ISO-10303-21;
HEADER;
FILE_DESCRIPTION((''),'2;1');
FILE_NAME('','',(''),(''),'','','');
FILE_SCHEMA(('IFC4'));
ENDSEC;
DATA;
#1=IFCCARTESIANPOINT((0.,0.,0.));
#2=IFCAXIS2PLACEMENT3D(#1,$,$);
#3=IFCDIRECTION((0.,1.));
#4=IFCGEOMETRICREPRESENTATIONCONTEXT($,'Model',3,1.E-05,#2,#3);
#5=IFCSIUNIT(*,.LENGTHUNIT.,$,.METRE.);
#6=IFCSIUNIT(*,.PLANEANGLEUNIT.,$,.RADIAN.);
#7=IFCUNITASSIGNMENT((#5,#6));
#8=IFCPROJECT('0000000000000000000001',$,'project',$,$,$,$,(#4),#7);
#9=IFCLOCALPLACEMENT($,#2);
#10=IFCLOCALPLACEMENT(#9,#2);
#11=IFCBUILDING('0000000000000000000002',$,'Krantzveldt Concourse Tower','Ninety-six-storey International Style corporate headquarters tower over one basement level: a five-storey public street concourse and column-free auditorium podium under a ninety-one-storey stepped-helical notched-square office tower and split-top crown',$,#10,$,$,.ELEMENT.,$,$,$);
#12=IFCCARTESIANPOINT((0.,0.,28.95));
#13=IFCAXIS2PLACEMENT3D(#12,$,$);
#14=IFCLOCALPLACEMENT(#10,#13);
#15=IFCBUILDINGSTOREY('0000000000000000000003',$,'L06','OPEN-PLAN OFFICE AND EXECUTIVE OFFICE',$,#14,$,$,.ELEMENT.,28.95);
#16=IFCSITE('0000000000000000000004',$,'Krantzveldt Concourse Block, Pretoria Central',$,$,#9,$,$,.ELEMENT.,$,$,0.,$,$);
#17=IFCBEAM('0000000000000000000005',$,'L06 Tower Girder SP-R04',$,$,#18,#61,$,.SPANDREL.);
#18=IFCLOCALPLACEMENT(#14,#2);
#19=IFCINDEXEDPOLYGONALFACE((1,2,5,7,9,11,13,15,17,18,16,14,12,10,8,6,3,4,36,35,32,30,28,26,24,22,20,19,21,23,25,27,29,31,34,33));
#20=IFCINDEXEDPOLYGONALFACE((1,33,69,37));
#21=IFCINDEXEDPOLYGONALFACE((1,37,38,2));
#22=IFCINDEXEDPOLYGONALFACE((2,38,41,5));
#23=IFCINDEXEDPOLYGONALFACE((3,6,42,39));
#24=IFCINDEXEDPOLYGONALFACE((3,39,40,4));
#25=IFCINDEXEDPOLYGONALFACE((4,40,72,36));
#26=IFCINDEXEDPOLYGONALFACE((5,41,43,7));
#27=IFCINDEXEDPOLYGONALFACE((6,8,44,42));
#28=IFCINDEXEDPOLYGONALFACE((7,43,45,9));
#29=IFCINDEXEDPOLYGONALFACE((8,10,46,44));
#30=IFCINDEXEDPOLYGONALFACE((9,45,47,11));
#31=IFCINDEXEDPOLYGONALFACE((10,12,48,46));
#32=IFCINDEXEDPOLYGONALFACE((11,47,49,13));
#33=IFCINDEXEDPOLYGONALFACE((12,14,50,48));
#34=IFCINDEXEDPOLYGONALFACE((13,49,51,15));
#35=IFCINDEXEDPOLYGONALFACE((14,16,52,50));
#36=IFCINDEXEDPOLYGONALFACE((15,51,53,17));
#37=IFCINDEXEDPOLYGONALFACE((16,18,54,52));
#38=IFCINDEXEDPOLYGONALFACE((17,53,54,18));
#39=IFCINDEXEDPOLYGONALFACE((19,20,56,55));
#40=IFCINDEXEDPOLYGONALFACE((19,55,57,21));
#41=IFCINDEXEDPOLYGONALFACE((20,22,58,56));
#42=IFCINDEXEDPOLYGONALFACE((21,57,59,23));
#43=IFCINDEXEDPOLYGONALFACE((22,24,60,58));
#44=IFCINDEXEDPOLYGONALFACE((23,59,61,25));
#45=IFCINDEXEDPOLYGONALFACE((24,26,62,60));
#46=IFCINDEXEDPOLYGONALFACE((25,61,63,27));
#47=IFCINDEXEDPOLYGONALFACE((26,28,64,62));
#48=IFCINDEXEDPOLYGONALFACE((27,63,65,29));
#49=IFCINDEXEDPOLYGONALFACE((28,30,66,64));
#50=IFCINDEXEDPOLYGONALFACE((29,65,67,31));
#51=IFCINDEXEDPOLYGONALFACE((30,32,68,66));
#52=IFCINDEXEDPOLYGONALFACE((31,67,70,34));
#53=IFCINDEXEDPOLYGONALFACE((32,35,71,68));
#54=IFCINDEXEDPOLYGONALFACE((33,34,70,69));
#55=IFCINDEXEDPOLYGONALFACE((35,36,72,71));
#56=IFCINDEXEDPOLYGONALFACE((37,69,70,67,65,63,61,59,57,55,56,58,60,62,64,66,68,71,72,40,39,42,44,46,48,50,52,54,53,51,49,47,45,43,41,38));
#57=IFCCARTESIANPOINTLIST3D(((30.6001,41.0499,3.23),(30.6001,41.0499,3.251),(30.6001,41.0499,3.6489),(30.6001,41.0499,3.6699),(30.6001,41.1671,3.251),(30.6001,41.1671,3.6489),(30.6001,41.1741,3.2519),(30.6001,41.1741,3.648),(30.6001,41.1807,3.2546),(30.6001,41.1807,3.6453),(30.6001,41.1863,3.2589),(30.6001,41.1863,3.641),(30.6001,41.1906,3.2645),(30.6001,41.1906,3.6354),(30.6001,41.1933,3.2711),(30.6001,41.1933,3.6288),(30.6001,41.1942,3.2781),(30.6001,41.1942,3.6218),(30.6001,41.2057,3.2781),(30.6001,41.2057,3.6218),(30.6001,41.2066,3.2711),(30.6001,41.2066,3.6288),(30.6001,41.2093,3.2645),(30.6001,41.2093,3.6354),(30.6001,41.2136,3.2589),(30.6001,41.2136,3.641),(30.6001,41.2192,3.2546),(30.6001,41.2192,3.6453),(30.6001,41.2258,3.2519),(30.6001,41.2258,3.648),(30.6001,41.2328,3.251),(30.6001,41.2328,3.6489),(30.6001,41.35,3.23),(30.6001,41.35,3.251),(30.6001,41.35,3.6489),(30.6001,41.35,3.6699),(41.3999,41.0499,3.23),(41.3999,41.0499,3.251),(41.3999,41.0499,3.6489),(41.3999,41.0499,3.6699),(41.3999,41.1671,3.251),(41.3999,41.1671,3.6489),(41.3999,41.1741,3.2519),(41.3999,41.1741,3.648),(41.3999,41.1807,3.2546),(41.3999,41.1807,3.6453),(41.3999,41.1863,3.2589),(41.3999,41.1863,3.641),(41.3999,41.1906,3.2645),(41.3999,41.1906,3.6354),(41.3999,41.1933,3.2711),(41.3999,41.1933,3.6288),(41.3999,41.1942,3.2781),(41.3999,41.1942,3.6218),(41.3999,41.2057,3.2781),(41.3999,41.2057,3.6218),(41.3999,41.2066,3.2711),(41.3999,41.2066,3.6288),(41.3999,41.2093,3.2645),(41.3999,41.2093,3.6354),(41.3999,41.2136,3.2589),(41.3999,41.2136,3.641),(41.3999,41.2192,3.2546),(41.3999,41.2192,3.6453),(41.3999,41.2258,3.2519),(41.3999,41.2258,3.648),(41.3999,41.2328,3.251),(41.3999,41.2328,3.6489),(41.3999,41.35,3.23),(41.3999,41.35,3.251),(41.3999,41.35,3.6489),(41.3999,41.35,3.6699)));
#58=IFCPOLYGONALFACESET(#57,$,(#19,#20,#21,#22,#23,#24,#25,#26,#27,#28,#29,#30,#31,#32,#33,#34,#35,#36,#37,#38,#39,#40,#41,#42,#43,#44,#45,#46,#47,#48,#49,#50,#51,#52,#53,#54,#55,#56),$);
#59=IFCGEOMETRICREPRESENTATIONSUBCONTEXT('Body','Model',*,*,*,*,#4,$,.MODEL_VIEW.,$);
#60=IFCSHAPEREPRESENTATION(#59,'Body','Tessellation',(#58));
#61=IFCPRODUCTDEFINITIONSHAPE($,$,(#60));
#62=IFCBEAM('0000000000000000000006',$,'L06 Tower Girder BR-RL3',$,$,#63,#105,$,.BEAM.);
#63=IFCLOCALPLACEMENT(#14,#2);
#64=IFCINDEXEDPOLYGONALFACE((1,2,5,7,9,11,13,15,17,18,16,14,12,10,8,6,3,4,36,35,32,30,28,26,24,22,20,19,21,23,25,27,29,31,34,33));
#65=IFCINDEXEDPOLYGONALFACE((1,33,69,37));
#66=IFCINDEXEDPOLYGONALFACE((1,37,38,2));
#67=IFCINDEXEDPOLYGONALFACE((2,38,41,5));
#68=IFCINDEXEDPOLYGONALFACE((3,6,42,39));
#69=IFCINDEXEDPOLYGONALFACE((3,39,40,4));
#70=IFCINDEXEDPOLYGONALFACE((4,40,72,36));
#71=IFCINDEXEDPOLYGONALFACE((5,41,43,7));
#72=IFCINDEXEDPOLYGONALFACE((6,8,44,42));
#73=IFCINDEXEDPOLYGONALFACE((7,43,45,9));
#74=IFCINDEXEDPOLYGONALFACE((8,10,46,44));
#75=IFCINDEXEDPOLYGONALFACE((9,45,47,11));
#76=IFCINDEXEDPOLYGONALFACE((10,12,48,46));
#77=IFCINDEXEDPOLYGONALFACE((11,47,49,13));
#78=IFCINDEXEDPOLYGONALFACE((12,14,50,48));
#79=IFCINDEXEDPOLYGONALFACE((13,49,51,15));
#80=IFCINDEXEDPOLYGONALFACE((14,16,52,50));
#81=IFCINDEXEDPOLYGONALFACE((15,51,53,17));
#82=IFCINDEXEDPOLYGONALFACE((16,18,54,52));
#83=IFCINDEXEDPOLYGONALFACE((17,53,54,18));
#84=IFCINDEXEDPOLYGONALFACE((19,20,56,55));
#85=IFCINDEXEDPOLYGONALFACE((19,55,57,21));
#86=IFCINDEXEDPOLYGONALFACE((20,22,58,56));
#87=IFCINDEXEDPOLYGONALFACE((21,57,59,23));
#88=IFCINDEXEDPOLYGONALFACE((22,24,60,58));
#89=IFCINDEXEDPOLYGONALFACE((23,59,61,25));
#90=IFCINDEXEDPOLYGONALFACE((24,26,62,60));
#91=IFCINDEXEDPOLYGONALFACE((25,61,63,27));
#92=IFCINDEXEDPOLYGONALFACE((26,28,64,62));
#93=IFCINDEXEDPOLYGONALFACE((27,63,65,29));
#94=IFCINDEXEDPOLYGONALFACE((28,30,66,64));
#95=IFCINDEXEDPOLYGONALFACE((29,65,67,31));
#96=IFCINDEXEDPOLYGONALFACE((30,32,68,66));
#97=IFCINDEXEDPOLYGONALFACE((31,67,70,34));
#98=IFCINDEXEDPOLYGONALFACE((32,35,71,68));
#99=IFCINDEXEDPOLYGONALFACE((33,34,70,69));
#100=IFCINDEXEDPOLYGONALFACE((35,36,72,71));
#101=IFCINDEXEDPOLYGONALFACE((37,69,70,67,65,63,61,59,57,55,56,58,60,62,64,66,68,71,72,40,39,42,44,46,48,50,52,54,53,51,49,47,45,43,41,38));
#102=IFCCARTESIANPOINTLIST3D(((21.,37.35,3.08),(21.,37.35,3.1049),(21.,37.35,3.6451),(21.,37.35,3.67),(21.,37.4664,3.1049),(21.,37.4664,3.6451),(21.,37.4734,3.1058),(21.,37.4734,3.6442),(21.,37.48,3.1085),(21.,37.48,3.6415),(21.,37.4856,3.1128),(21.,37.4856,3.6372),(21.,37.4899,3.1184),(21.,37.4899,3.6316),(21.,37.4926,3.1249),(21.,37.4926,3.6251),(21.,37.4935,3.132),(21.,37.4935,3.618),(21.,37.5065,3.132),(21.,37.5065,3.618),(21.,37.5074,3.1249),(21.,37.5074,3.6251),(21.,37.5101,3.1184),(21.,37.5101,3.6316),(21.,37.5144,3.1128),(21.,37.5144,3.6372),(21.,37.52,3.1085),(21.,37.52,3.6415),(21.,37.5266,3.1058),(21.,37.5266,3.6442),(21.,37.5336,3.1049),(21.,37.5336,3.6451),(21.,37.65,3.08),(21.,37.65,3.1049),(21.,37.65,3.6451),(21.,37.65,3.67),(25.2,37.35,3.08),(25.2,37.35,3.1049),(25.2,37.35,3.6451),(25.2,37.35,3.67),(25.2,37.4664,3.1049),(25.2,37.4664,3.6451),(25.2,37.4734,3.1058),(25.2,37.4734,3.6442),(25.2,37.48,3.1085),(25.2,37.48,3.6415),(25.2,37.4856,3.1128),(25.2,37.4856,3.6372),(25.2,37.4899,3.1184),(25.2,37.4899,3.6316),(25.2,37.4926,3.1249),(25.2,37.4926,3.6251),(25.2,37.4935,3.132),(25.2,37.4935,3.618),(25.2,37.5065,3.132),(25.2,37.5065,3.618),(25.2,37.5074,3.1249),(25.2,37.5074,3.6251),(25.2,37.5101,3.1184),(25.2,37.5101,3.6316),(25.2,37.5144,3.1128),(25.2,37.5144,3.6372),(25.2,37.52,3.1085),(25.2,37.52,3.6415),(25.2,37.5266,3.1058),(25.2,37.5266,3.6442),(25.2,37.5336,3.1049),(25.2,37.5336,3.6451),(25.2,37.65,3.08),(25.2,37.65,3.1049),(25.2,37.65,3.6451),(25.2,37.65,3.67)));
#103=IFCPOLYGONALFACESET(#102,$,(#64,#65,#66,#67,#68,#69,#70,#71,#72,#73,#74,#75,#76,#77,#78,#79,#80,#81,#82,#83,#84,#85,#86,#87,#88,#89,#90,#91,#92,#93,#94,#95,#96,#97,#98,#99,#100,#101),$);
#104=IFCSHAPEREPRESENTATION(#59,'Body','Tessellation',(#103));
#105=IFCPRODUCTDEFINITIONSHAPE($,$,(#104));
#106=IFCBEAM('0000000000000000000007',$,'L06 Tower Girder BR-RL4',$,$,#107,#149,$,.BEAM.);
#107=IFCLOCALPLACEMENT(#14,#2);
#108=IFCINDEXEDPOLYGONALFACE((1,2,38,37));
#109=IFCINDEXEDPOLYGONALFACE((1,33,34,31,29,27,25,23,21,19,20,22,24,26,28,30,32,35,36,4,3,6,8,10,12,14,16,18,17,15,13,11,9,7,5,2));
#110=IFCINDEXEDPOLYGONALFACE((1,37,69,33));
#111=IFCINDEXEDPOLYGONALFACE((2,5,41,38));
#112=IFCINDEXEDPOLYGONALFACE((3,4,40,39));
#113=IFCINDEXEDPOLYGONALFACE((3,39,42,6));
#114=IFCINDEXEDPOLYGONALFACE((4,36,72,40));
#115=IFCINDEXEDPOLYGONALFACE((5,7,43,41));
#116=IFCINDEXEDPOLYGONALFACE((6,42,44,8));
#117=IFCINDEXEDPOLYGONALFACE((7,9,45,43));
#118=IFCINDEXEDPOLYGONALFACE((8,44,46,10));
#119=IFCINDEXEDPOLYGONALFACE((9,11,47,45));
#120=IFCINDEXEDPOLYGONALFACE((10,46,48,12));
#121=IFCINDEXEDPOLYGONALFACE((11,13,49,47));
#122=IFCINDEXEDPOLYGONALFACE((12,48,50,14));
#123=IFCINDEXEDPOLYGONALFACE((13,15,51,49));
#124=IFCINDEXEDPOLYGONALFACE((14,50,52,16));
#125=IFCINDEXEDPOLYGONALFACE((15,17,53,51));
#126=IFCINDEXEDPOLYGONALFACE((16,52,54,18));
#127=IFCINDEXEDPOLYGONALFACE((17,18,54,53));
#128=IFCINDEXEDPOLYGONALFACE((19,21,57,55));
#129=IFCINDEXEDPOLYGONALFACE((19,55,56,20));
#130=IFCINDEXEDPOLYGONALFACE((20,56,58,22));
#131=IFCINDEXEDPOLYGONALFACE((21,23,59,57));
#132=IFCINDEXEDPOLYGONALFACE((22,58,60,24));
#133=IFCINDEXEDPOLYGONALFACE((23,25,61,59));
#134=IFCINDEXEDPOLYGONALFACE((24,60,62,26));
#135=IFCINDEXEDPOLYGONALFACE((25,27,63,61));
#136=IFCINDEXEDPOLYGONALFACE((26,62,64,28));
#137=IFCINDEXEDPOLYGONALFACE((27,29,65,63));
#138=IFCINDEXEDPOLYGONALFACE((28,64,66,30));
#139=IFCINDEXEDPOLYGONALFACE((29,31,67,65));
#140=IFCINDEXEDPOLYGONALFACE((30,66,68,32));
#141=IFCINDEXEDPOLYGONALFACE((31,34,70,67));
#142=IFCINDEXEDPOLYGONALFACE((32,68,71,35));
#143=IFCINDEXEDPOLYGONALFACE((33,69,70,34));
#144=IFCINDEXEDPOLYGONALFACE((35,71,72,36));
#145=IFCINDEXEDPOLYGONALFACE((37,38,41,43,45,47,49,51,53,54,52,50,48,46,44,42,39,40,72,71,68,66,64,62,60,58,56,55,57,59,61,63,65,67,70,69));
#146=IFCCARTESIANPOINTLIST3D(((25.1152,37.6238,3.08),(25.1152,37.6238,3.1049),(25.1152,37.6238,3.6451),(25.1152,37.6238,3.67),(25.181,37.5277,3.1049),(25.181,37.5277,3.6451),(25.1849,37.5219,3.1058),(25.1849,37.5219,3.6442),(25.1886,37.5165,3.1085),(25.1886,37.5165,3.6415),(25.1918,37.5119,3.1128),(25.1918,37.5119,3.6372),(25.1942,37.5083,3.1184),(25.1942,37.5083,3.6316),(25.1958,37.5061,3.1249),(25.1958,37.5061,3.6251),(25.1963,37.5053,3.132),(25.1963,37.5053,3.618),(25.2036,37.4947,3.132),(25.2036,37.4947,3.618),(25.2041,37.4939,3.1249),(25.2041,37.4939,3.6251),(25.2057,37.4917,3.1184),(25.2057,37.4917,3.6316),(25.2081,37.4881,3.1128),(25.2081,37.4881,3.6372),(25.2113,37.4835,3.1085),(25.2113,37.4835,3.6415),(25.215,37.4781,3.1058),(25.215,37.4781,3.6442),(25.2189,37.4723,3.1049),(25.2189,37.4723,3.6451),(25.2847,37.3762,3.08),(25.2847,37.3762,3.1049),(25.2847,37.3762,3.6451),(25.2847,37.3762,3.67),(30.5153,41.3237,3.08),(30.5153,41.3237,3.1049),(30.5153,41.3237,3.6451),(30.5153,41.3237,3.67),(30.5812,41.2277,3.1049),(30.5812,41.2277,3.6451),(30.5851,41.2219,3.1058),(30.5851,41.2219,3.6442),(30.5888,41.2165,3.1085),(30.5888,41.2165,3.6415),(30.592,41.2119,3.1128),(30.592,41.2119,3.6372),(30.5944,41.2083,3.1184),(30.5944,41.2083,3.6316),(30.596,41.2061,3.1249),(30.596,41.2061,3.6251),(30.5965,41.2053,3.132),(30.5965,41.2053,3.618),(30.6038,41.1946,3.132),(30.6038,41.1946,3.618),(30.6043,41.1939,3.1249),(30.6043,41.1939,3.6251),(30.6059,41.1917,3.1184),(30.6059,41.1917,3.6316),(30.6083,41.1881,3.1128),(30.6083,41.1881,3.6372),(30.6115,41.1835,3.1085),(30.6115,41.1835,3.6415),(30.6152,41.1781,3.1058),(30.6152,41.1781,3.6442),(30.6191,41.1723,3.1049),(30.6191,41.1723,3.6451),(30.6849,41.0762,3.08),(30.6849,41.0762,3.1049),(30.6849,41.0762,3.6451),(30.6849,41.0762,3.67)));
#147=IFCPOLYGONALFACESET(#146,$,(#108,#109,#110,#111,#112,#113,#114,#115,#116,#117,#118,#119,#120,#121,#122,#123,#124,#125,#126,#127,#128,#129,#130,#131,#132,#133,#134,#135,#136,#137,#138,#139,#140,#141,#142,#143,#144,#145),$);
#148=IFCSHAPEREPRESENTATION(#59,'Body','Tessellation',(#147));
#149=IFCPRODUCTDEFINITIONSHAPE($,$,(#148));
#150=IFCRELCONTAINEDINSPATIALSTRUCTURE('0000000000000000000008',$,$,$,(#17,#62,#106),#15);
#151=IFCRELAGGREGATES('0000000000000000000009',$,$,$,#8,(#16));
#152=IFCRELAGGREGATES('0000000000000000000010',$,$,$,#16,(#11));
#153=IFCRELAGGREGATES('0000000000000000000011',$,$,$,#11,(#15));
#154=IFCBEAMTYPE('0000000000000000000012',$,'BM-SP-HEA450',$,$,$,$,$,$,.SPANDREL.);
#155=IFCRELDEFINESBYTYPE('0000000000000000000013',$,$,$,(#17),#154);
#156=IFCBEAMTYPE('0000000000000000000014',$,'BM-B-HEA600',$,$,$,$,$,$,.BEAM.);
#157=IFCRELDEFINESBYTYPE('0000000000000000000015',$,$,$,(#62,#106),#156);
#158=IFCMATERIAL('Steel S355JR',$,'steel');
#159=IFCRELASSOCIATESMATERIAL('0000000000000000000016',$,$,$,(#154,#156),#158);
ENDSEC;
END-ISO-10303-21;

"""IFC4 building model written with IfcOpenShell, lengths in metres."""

from ifc_helpers import new_model, si_unit, direction, frame, origin, origin_2d, place, context, subcontext, project, spatial, i_section, extrude, source, transform, mapped, material, material_profile, profile_set, type_object, type_shapes, element, save


model = new_model("IFC4")

# Units and contexts
model_context = context("Model", 3, precision=1e-05, world=origin(), true_north=direction((0.0, 1.0)))
body_context = subcontext(model_context, "Body", "Model", "MODEL_VIEW")
ifc_project = project(units=[si_unit("LENGTHUNIT", "METRE"), si_unit("PLANEANGLEUNIT", "RADIAN")], contexts=[model_context])

# Site, building, storey
site_placement = place(None, origin())
site = spatial("IfcSite", under=ifc_project, at=site_placement, Name="Krantzveldt Concourse Block, Pretoria Central", CompositionType="ELEMENT", RefElevation=0.0)
building_placement = place(site_placement, origin())
building = spatial("IfcBuilding", under=site, at=building_placement, Name="Krantzveldt Concourse Tower", Description="Ninety-six-storey International Style corporate headquarters tower over one basement level: a five-storey public street concourse and column-free auditorium podium under a ninety-one-storey stepped-helical notched-square office tower and split-top crown", CompositionType="ELEMENT")
storey_placement = place(building_placement, frame((0.0, 0.0, 28.95)))
storey = spatial("IfcBuildingStorey", under=building, at=storey_placement, Name="L06", Description="OPEN-PLAN OFFICE AND EXECUTIVE OFFICE", CompositionType="ELEMENT", Elevation=28.95)

# Beams
ifc_material_1 = material(Name="Steel S355JR", Category="steel")
ifc_material_profile_1 = material_profile(ifc_material_1, i_section(OverallWidth=0.3, OverallDepth=0.4399, WebThickness=0.0115, FlangeThickness=0.021, FilletRadius=0.0271, at=origin_2d()), Name="Steel S355JR", Category="steel")
ifc_profile_set_1 = profile_set([ifc_material_profile_1], Name="Steel S355JR - HEA 450")
beam_type_1 = type_object("IfcBeamType", Name="BM-SP-HEA450", PredefinedType="SPANDREL", material=ifc_profile_set_1)
shared_shape_1 = source(origin(), body_context, "Body", "SweptSolid", [
    extrude(i_section(OverallWidth=0.3, OverallDepth=0.4399, WebThickness=0.0115, FlangeThickness=0.021, FilletRadius=0.0271, at=origin_2d()), origin(), (0.0, 0.0, 1.0), 10.7998),
])
beam_1_placement = place(storey_placement, frame((30.6001, 41.2, 3.45), z_axis=(1.0, 0.0, 0.0), x_axis=(0.0, 1.0, 0.0)))
element("IfcBeam", 1, at=beam_1_placement, inside=storey, type_object=beam_type_1, Name="L06 Tower Girder SP-R04", PredefinedType="SPANDREL", context=body_context, shape_type="MappedRepresentation", body=[
    mapped(shared_shape_1, transform((0.0, 0.0, 0.0), x_axis=(1.0, 0.0, 0.0), y_axis=(0.0, 1.0, 0.0), z_axis=(0.0, 0.0, 1.0), scale=1.0)),
])
ifc_material_profile_2 = material_profile(ifc_material_1, i_section(OverallWidth=0.3, OverallDepth=0.5901, WebThickness=0.0129, FlangeThickness=0.0249, FilletRadius=0.0271, at=origin_2d()), Name="Steel S355JR", Category="steel")
ifc_profile_set_2 = profile_set([ifc_material_profile_2], Name="Steel S355JR - HEA 600")
beam_type_2 = type_object("IfcBeamType", Name="BM-B-HEA600", PredefinedType="BEAM", material=ifc_profile_set_2)
shared_shape_2 = source(origin(), body_context, "Body", "SweptSolid", [
    extrude(i_section(OverallWidth=0.3, OverallDepth=0.5901, WebThickness=0.0129, FlangeThickness=0.0249, FilletRadius=0.0271, at=origin_2d()), origin(), (0.0, 0.0, 1.0), 4.2),
])
beam_2_placement = place(storey_placement, frame((21.0, 37.5, 3.375), z_axis=(1.0, 0.0, 0.0), x_axis=(0.0, 1.0, 0.0)))
element("IfcBeam", 2, at=beam_2_placement, inside=storey, type_object=beam_type_2, Name="L06 Tower Girder BR-RL3", PredefinedType="BEAM", context=body_context, shape_type="MappedRepresentation", body=[
    mapped(shared_shape_2, transform((0.0, 0.0, 0.0), x_axis=(1.0, 0.0, 0.0), y_axis=(0.0, 1.0, 0.0), z_axis=(0.0, 0.0, 1.0), scale=1.0)),
])
shared_shape_3 = source(origin(), body_context, "Body", "SweptSolid", [
    extrude(i_section(OverallWidth=0.3, OverallDepth=0.5901, WebThickness=0.0129, FlangeThickness=0.0249, FilletRadius=0.0271, at=origin_2d()), origin(), (0.0, 0.0, 1.0), 6.5461),
])
type_shapes(beam_type_2, [shared_shape_2, shared_shape_3])
beam_3_placement = place(storey_placement, frame((25.2, 37.5, 3.375), z_axis=(0.824943, 0.565216, 0.0), x_axis=(-0.565216, 0.824943, 0.0)))
element("IfcBeam", 3, at=beam_3_placement, inside=storey, type_object=beam_type_2, Name="L06 Tower Girder BR-RL4", PredefinedType="BEAM", context=body_context, shape_type="MappedRepresentation", body=[
    mapped(shared_shape_3, transform((0.0, 0.0, 0.0), x_axis=(1.0, 0.0, 0.0), y_axis=(0.0, 1.0, 0.0), z_axis=(0.0, 0.0, 1.0), scale=1.0)),
])

save(model, "model.ifc")
